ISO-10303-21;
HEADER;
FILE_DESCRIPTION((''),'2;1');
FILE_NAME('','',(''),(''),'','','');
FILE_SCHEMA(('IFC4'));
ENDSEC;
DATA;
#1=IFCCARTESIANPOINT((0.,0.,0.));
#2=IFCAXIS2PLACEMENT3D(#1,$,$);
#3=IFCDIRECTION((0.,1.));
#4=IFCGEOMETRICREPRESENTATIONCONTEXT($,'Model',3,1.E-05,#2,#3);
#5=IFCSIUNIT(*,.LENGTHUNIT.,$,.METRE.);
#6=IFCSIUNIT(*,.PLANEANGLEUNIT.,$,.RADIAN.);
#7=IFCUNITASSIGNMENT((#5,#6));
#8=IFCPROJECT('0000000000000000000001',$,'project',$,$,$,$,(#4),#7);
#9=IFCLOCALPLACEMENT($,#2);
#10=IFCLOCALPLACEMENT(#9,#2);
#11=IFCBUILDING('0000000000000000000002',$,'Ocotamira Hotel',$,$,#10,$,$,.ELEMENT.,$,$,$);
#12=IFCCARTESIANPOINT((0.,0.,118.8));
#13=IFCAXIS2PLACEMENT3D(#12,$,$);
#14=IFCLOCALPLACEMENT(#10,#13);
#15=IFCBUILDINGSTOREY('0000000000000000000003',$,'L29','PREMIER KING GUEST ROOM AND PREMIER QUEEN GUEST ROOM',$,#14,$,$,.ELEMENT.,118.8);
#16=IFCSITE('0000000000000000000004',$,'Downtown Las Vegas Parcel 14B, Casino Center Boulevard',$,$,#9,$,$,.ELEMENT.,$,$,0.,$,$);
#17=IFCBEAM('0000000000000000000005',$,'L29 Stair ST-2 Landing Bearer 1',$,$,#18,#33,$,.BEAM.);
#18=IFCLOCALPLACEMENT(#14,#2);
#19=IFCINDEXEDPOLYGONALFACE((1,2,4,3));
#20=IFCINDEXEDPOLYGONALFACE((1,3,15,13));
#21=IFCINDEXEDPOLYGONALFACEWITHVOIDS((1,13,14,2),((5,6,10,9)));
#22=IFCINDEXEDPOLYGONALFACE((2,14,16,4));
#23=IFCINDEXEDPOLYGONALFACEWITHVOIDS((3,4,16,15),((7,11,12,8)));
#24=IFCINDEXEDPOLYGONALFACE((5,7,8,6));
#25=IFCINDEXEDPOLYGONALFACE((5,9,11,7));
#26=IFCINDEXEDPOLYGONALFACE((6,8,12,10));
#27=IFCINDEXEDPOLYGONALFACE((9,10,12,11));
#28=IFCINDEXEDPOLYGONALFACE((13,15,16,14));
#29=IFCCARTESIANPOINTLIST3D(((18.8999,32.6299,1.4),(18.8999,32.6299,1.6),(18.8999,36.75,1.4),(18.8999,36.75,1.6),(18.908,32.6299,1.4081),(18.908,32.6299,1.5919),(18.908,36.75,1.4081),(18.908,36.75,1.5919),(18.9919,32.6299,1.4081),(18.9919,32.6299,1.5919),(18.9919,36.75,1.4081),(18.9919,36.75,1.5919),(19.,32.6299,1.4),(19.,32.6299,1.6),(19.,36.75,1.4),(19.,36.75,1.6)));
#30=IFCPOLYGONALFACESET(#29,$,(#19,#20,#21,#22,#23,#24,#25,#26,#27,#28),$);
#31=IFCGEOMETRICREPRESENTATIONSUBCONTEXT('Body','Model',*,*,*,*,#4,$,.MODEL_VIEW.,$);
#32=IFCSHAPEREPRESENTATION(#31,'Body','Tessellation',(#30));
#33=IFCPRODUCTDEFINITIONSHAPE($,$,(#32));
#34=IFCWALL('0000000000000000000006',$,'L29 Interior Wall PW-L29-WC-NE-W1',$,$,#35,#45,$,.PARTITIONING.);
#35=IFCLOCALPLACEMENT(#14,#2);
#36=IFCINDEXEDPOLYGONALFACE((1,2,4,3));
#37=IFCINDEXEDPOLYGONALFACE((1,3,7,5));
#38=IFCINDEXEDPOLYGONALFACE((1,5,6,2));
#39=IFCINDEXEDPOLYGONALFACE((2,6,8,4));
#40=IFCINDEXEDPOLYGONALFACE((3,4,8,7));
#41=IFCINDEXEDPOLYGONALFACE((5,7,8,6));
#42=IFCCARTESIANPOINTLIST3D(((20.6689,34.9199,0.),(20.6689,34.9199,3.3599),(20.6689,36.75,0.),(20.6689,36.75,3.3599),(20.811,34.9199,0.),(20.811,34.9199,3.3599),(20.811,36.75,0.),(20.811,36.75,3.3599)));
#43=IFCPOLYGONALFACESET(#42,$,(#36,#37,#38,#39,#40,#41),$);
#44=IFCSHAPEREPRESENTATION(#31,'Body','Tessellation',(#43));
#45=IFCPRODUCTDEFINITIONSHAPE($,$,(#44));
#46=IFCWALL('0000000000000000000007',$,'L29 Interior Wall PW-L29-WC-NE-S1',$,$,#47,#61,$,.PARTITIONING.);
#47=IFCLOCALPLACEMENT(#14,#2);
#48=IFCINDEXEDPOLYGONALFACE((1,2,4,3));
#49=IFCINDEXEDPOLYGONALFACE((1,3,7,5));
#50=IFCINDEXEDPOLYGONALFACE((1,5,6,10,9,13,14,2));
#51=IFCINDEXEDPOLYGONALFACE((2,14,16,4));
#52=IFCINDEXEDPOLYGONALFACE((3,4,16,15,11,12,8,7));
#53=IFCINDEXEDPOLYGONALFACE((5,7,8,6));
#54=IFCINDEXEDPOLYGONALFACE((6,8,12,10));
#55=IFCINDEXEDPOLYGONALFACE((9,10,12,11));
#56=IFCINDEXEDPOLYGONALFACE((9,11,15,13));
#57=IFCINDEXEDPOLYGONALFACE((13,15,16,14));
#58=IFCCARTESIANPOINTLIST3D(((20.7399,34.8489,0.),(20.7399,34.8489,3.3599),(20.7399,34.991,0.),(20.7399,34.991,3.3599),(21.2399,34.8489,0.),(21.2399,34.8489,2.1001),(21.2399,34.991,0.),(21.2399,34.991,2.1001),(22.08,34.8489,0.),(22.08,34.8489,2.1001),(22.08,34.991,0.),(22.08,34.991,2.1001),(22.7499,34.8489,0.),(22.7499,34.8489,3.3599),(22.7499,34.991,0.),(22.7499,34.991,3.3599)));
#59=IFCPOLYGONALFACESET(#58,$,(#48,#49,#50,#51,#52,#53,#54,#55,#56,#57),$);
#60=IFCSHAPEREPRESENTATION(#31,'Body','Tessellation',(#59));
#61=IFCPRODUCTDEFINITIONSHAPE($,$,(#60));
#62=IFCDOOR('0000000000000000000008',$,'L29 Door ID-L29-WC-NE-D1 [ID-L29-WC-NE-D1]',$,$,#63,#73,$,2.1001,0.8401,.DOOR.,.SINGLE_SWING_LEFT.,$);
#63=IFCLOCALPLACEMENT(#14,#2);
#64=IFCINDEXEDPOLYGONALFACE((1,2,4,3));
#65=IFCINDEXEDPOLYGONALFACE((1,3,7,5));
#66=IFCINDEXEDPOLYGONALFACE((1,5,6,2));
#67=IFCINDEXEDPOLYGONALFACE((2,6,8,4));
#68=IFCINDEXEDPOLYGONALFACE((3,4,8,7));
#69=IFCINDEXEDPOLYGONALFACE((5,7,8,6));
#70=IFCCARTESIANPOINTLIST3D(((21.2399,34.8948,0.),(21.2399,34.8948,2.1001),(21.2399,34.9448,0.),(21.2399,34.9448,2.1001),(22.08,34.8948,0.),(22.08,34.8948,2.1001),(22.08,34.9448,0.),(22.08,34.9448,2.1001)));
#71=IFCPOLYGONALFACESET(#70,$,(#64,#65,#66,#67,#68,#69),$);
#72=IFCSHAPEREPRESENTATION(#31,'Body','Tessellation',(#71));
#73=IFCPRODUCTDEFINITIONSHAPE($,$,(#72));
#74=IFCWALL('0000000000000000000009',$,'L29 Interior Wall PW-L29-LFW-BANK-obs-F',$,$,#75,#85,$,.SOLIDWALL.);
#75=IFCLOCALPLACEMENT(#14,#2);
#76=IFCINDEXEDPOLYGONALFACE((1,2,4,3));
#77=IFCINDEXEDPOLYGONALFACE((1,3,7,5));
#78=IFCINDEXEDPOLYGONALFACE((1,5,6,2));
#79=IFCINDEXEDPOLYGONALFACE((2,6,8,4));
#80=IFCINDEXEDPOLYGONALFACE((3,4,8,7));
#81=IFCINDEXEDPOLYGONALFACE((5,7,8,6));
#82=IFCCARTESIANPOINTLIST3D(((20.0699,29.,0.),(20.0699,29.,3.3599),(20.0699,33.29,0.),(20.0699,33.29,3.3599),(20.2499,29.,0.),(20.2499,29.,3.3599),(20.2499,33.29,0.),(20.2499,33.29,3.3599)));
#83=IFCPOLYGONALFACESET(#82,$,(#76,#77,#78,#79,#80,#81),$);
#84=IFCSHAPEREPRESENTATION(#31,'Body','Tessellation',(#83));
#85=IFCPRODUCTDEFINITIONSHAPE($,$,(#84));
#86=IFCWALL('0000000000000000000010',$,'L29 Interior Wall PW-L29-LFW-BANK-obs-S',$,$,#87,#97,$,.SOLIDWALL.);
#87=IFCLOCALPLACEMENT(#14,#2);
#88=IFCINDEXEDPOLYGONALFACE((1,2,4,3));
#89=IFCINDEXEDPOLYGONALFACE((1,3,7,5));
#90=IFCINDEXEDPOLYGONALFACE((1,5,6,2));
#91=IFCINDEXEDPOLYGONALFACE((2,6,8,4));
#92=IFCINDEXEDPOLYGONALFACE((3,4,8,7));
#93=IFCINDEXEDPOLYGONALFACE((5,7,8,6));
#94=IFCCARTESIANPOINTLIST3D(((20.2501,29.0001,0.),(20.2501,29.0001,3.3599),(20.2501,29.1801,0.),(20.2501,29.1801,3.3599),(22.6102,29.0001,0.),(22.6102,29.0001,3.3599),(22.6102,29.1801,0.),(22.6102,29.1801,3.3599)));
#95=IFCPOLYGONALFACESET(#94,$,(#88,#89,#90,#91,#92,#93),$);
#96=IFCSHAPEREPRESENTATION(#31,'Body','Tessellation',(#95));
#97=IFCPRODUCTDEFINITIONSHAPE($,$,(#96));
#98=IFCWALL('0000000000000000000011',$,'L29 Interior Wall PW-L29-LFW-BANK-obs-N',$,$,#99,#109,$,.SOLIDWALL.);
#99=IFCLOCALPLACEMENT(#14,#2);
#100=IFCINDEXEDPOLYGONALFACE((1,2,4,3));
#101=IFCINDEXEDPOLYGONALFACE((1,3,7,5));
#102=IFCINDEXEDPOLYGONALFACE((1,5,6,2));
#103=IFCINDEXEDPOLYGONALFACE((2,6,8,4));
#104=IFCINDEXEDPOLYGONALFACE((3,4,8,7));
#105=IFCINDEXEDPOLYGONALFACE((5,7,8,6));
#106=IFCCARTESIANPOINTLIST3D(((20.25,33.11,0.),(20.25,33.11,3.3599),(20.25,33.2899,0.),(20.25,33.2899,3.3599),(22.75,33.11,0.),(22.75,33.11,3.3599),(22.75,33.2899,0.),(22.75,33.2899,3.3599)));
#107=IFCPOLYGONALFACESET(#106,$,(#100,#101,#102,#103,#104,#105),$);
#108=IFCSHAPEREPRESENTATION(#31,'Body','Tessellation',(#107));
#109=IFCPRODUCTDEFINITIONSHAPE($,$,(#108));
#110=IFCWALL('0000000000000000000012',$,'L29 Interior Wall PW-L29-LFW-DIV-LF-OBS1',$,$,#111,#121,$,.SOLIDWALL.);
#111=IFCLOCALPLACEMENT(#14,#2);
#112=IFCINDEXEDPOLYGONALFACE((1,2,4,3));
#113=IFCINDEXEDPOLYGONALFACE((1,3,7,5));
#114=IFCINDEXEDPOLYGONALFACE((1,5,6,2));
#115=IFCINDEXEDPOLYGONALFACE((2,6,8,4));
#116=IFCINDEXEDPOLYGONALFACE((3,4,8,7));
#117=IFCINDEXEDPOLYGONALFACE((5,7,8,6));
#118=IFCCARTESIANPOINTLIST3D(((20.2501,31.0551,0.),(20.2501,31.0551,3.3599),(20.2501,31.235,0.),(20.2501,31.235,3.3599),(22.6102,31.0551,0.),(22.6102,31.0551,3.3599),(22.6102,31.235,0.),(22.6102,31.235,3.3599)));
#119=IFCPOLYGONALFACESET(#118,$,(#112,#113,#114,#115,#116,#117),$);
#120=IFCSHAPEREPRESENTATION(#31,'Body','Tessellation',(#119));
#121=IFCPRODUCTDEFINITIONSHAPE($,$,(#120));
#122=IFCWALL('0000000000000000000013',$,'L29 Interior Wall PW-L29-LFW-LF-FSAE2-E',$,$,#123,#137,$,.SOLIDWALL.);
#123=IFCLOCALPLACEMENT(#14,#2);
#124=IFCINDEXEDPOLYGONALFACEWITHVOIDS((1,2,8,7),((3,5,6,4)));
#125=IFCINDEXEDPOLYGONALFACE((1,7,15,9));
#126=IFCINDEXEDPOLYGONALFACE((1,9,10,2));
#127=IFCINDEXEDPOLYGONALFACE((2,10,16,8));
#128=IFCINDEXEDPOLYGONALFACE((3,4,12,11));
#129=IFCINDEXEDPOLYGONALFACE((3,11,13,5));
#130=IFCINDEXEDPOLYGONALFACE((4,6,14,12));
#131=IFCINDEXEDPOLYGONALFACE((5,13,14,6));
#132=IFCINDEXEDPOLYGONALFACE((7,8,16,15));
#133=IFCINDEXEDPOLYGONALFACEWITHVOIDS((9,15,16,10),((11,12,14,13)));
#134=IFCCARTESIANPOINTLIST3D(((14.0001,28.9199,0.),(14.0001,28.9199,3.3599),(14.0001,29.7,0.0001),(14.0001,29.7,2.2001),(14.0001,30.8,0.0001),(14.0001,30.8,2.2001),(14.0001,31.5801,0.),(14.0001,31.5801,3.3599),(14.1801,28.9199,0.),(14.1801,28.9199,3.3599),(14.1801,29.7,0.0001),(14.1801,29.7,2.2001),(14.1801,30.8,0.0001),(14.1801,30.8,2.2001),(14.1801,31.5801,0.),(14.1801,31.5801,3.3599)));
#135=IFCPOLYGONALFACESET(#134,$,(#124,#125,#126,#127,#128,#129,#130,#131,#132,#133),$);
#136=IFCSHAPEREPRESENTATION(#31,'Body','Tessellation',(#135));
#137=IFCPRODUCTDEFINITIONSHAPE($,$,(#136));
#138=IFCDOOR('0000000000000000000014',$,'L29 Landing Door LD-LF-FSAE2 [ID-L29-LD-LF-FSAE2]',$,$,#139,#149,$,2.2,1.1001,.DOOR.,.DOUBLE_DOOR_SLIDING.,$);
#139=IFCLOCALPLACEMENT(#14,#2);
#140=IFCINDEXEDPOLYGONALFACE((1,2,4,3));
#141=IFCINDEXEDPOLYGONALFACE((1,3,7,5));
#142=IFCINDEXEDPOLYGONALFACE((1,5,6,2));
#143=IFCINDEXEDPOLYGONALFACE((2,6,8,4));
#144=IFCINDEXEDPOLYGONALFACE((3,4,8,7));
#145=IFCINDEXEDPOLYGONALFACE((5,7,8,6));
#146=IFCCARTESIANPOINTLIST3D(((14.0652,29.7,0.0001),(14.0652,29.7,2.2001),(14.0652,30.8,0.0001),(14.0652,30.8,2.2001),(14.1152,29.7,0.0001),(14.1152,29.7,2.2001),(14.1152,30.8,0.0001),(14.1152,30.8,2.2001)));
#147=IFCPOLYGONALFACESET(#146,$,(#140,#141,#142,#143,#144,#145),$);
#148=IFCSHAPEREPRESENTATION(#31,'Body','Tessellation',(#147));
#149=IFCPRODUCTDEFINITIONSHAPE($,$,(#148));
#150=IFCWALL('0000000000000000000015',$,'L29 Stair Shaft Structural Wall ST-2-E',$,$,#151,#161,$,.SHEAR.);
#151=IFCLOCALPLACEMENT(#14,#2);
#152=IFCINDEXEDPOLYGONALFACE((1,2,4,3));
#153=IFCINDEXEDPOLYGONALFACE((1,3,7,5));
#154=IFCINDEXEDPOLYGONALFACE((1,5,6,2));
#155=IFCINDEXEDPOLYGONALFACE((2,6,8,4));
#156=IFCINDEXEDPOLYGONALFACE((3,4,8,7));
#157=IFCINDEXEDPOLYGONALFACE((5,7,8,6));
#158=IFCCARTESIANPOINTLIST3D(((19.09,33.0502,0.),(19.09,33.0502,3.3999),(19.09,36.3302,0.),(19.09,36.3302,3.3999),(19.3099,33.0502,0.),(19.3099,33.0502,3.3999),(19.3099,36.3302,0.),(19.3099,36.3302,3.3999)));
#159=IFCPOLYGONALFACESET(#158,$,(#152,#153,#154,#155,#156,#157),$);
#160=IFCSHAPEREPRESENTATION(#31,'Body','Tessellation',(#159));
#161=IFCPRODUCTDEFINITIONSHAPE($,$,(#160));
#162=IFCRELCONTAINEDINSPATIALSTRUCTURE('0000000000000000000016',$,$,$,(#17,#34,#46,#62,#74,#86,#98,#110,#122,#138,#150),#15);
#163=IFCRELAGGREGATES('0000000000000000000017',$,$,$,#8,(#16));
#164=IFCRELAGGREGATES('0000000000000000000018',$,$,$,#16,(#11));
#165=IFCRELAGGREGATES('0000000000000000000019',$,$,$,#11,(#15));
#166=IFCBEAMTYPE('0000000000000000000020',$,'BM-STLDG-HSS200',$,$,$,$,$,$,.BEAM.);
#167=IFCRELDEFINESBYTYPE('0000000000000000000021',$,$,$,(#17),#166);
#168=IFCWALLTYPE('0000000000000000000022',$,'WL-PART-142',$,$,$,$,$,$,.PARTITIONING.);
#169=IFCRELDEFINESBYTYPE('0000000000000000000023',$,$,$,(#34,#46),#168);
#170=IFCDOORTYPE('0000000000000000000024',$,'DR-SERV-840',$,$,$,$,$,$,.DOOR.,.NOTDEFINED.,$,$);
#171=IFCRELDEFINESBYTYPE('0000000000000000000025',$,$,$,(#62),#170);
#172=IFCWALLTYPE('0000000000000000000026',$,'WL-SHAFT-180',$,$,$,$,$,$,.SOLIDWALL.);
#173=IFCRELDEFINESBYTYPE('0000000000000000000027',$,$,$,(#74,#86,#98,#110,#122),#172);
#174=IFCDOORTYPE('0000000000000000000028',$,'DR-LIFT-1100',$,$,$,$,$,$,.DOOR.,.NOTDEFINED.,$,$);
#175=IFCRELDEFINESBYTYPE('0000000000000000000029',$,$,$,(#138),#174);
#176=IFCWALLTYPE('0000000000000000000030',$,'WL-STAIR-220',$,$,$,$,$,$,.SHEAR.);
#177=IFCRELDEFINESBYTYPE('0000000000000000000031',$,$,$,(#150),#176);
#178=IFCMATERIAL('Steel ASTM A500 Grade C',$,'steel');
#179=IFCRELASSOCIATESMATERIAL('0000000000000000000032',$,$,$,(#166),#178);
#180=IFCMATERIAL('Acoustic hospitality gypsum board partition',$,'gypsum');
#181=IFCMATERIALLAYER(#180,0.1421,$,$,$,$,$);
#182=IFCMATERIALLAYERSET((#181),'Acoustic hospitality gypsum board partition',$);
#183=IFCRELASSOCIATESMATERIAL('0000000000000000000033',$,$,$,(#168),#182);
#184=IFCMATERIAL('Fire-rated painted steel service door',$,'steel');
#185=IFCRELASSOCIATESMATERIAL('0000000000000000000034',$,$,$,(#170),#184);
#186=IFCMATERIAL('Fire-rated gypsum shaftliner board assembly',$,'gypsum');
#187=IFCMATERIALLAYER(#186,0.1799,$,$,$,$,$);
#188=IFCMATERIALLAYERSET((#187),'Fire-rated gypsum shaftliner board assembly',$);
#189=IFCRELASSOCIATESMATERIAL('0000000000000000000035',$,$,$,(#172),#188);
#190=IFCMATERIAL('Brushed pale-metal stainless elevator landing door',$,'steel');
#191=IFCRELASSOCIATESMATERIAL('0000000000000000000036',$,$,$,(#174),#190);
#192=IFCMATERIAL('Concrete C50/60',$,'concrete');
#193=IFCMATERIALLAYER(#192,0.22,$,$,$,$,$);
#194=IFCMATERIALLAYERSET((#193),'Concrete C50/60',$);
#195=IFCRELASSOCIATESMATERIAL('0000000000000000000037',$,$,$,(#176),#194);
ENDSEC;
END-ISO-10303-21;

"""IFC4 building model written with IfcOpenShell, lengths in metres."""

from ifc_helpers import new_model, si_unit, direction, frame, frame_2d, origin, origin_2d, place, context, subcontext, project, spatial, rectangle, hollow_rectangle, extrude, source, transform, mapped, material, layer, layer_set, material_profile, profile_set, type_object, element, fill, save


model = new_model("IFC4")

# Units and contexts
model_context = context("Model", 3, precision=1e-05, world=origin(), true_north=direction((0.0, 1.0)))
body_context = subcontext(model_context, "Body", "Model", "MODEL_VIEW")
ifc_project = project(units=[si_unit("LENGTHUNIT", "METRE"), si_unit("PLANEANGLEUNIT", "RADIAN")], contexts=[model_context])

# Site, building, storey
site_placement = place(None, origin())
site = spatial("IfcSite", under=ifc_project, at=site_placement, Name="Downtown Las Vegas Parcel 14B, Casino Center Boulevard", CompositionType="ELEMENT", RefElevation=0.0)
building_placement = place(site_placement, origin())
building = spatial("IfcBuilding", under=site, at=building_placement, Name="Ocotamira Hotel", CompositionType="ELEMENT")
storey_placement = place(building_placement, frame((0.0, 0.0, 118.8)))
storey = spatial("IfcBuildingStorey", under=building, at=storey_placement, Name="L29", Description="PREMIER KING GUEST ROOM AND PREMIER QUEEN GUEST ROOM", CompositionType="ELEMENT", Elevation=118.8)

# Beam
ifc_material_1 = material(Name="Steel ASTM A500 Grade C", Category="steel")
ifc_material_profile = material_profile(ifc_material_1, hollow_rectangle(XDim=0.1001, YDim=0.2, WallThickness=0.0081, at=origin_2d()), Name="HSS200X100X8")
ifc_profile_set = profile_set([ifc_material_profile], Name="Steel ASTM A500 Grade C")
beam_type = type_object("IfcBeamType", Name="BM-STLDG-HSS200", PredefinedType="BEAM", material=ifc_profile_set)
shared_shape_1 = source(origin(), body_context, "Body", "SweptSolid", [
    extrude(hollow_rectangle(XDim=0.1001, YDim=0.2, WallThickness=0.0081, at=origin_2d()), origin(), (0.0, 0.0, 1.0), 4.1201),
])
beam_placement = place(storey_placement, frame((18.95, 32.6299, 1.5), z_axis=(0.0, 1.0, 0.0), x_axis=(-1.0, 0.0, 0.0)))
element("IfcBeam", 1, at=beam_placement, inside=storey, type_object=beam_type, Name="L29 Stair ST-2 Landing Bearer 1", PredefinedType="BEAM", context=body_context, shape_type="MappedRepresentation", body=[
    mapped(shared_shape_1, transform((0.0, 0.0, 0.0), scale=1.0)),
])

# Wall
ifc_material_2 = material(Name="Acoustic hospitality gypsum board partition", Category="gypsum")
ifc_layer_1 = layer(ifc_material_2, 0.1421)
ifc_layer_set_1 = layer_set([ifc_layer_1], Name="Acoustic hospitality gypsum board partition")
wall_type_1 = type_object("IfcWallType", Name="WL-PART-142", PredefinedType="PARTITIONING", material=ifc_layer_set_1)
wall_1_placement = place(storey_placement, frame((20.74, 34.9199, 0.0), z_axis=(0.0, 0.0, 1.0), x_axis=(0.0, 1.0, 0.0)))
element("IfcWall", 2, at=wall_1_placement, inside=storey, type_object=wall_type_1, Name="L29 Interior Wall PW-L29-WC-NE-W1", PredefinedType="PARTITIONING", context=body_context, shape_type="SweptSolid", body=[
    extrude(rectangle(XDim=1.8301, YDim=0.1421, at=frame_2d((0.915, 0.0))), origin(), (0.0, 0.0, 1.0), 3.3599),
])

# Wall, opening, door
wall_2_placement = place(storey_placement, frame((20.74, 34.9199, 0.0), z_axis=(0.0, 0.0, 1.0), x_axis=(1.0, 0.0, 0.0)))
wall_2 = element("IfcWall", 3, at=wall_2_placement, inside=storey, type_object=wall_type_1, Name="L29 Interior Wall PW-L29-WC-NE-S1", PredefinedType="PARTITIONING", context=body_context, shape_type="SweptSolid", body=[
    extrude(rectangle(XDim=2.01, YDim=0.1421, at=frame_2d((1.0049, 0.0))), origin(), (0.0, 0.0, 1.0), 3.3599),
])
opening_1_placement = place(wall_2_placement, frame((0.5, 0.0, 0.0)))
opening_1 = element("IfcOpeningElement", 4, at=opening_1_placement, cuts=wall_2, PredefinedType="OPENING", context=body_context, shape_type="SweptSolid", body=[
    extrude(rectangle(XDim=0.8401, YDim=2.1001, at=frame_2d((0.4199, 1.05))), frame((0.0, 0.0811, 0.0), z_axis=(0.0, -1.0, 0.0), x_axis=(1.0, 0.0, 0.0)), (0.0, 0.0, 1.0), 0.1621),
])
ifc_material_3 = material(Name="Fire-rated painted steel service door", Category="steel")
door_type_1 = type_object("IfcDoorType", Name="DR-SERV-840", OperationType="NOTDEFINED", PredefinedType="DOOR", material=ifc_material_3)
shared_shape_2 = source(origin(), body_context, "Body", "SweptSolid", [
    extrude(rectangle(XDim=0.8401, YDim=2.1001, at=frame_2d((0.4199, 1.05))), frame((0.0, 0.0249, 0.0), z_axis=(0.0, -1.0, 0.0), x_axis=(1.0, 0.0, 0.0)), (0.0, 0.0, 1.0), 0.05),
])
door_1_placement = place(opening_1_placement, origin())
door_1 = element("IfcDoor", 5, at=door_1_placement, inside=storey, type_object=door_type_1, Name="L29 Door ID-L29-WC-NE-D1 [ID-L29-WC-NE-D1]", OperationType="SINGLE_SWING_LEFT", OverallHeight=2.1001, OverallWidth=0.8401, PredefinedType="DOOR", context=body_context, shape_type="MappedRepresentation", body=[
    mapped(shared_shape_2, transform((0.0, 0.0, 0.0), scale=1.0)),
])
fill(opening_1, door_1)

# Walls
ifc_material_4 = material(Name="Fire-rated gypsum shaftliner board assembly", Category="gypsum")
ifc_layer_2 = layer(ifc_material_4, 0.1799)
ifc_layer_set_2 = layer_set([ifc_layer_2], Name="Fire-rated gypsum shaftliner board assembly")
wall_type_2 = type_object("IfcWallType", Name="WL-SHAFT-180", PredefinedType="SOLIDWALL", material=ifc_layer_set_2)
wall_3_placement = place(storey_placement, frame((20.1599, 29.0, 0.0), z_axis=(0.0, 0.0, 1.0), x_axis=(0.0, 1.0, 0.0)))
element("IfcWall", 6, at=wall_3_placement, inside=storey, type_object=wall_type_2, Name="L29 Interior Wall PW-L29-LFW-BANK-obs-F", PredefinedType="SOLIDWALL", context=body_context, shape_type="SweptSolid", body=[
    extrude(rectangle(XDim=4.29, YDim=0.1799, at=frame_2d((2.145, 0.0))), origin(), (0.0, 0.0, 1.0), 3.3599),
])
wall_4_placement = place(storey_placement, frame((20.25, 29.0901, 0.0), z_axis=(0.0, 0.0, 1.0), x_axis=(1.0, 0.0, 0.0)))
element("IfcWall", 7, at=wall_4_placement, inside=storey, type_object=wall_type_2, Name="L29 Interior Wall PW-L29-LFW-BANK-obs-S", PredefinedType="SOLIDWALL", context=body_context, shape_type="SweptSolid", body=[
    extrude(rectangle(XDim=2.3601, YDim=0.1799, at=frame_2d((1.1802, 0.0))), origin(), (0.0, 0.0, 1.0), 3.3599),
])
wall_5_placement = place(storey_placement, frame((20.25, 33.2, 0.0), z_axis=(0.0, 0.0, 1.0), x_axis=(1.0, 0.0, 0.0)))
element("IfcWall", 8, at=wall_5_placement, inside=storey, type_object=wall_type_2, Name="L29 Interior Wall PW-L29-LFW-BANK-obs-N", PredefinedType="SOLIDWALL", context=body_context, shape_type="SweptSolid", body=[
    extrude(rectangle(XDim=2.5, YDim=0.1799, at=frame_2d((1.25, 0.0))), origin(), (0.0, 0.0, 1.0), 3.3599),
])
wall_6_placement = place(storey_placement, frame((20.25, 31.145, 0.0), z_axis=(0.0, 0.0, 1.0), x_axis=(1.0, 0.0, 0.0)))
element("IfcWall", 9, at=wall_6_placement, inside=storey, type_object=wall_type_2, Name="L29 Interior Wall PW-L29-LFW-DIV-LF-OBS1", PredefinedType="SOLIDWALL", context=body_context, shape_type="SweptSolid", body=[
    extrude(rectangle(XDim=2.3601, YDim=0.1799, at=frame_2d((1.1802, 0.0))), origin(), (0.0, 0.0, 1.0), 3.3599),
])

# Wall, opening, door
wall_7_placement = place(storey_placement, frame((14.0901, 28.9199, 0.0), z_axis=(0.0, 0.0, 1.0), x_axis=(0.0, 1.0, 0.0)))
wall_7 = element("IfcWall", 10, at=wall_7_placement, inside=storey, type_object=wall_type_2, Name="L29 Interior Wall PW-L29-LFW-LF-FSAE2-E", PredefinedType="SOLIDWALL", context=body_context, shape_type="SweptSolid", body=[
    extrude(rectangle(XDim=2.6602, YDim=0.1799, at=frame_2d((1.3301, 0.0))), origin(), (0.0, 0.0, 1.0), 3.3599),
])
opening_2_placement = place(wall_7_placement, frame((0.78, 0.0, 0.0)))
opening_2 = element("IfcOpeningElement", 11, at=opening_2_placement, cuts=wall_7, PredefinedType="OPENING", context=body_context, shape_type="SweptSolid", body=[
    extrude(rectangle(XDim=1.1001, YDim=2.2, at=frame_2d((0.55, 1.1001))), frame((0.0, 0.1001, 0.0), z_axis=(0.0, -1.0, 0.0), x_axis=(1.0, 0.0, 0.0)), (0.0, 0.0, 1.0), 0.2),
])
ifc_material_5 = material(Name="Brushed pale-metal stainless elevator landing door", Category="steel")
door_type_2 = type_object("IfcDoorType", Name="DR-LIFT-1100", OperationType="NOTDEFINED", PredefinedType="DOOR", material=ifc_material_5)
shared_shape_3 = source(origin(), body_context, "Body", "SweptSolid", [
    extrude(rectangle(XDim=1.1001, YDim=2.2, at=frame_2d((0.55, 1.1001))), frame((0.0, 0.0249, 0.0), z_axis=(0.0, -1.0, 0.0), x_axis=(1.0, 0.0, 0.0)), (0.0, 0.0, 1.0), 0.05),
])
door_2_placement = place(opening_2_placement, origin())
door_2 = element("IfcDoor", 12, at=door_2_placement, inside=storey, type_object=door_type_2, Name="L29 Landing Door LD-LF-FSAE2 [ID-L29-LD-LF-FSAE2]", OperationType="DOUBLE_DOOR_SLIDING", OverallHeight=2.2, OverallWidth=1.1001, PredefinedType="DOOR", context=body_context, shape_type="MappedRepresentation", body=[
    mapped(shared_shape_3, transform((0.0, 0.0, 0.0), scale=1.0)),
])
fill(opening_2, door_2)

# Wall
ifc_material_6 = material(Name="Concrete C50/60", Category="concrete")
ifc_layer_3 = layer(ifc_material_6, 0.22)
ifc_layer_set_3 = layer_set([ifc_layer_3], Name="Concrete C50/60")
wall_type_3 = type_object("IfcWallType", Name="WL-STAIR-220", PredefinedType="SHEAR", material=ifc_layer_set_3)
wall_8_placement = place(storey_placement, frame((19.2, 33.05, 0.0), z_axis=(0.0, 0.0, 1.0), x_axis=(0.0, 1.0, 0.0)))
element("IfcWall", 13, at=wall_8_placement, inside=storey, type_object=wall_type_3, Name="L29 Stair Shaft Structural Wall ST-2-E", PredefinedType="SHEAR", context=body_context, shape_type="SweptSolid", body=[
    extrude(rectangle(XDim=3.28, YDim=0.22, at=frame_2d((1.6401, 0.0))), origin(), (0.0, 0.0, 1.0), 3.3999),
])

save(model, "model.ifc")
